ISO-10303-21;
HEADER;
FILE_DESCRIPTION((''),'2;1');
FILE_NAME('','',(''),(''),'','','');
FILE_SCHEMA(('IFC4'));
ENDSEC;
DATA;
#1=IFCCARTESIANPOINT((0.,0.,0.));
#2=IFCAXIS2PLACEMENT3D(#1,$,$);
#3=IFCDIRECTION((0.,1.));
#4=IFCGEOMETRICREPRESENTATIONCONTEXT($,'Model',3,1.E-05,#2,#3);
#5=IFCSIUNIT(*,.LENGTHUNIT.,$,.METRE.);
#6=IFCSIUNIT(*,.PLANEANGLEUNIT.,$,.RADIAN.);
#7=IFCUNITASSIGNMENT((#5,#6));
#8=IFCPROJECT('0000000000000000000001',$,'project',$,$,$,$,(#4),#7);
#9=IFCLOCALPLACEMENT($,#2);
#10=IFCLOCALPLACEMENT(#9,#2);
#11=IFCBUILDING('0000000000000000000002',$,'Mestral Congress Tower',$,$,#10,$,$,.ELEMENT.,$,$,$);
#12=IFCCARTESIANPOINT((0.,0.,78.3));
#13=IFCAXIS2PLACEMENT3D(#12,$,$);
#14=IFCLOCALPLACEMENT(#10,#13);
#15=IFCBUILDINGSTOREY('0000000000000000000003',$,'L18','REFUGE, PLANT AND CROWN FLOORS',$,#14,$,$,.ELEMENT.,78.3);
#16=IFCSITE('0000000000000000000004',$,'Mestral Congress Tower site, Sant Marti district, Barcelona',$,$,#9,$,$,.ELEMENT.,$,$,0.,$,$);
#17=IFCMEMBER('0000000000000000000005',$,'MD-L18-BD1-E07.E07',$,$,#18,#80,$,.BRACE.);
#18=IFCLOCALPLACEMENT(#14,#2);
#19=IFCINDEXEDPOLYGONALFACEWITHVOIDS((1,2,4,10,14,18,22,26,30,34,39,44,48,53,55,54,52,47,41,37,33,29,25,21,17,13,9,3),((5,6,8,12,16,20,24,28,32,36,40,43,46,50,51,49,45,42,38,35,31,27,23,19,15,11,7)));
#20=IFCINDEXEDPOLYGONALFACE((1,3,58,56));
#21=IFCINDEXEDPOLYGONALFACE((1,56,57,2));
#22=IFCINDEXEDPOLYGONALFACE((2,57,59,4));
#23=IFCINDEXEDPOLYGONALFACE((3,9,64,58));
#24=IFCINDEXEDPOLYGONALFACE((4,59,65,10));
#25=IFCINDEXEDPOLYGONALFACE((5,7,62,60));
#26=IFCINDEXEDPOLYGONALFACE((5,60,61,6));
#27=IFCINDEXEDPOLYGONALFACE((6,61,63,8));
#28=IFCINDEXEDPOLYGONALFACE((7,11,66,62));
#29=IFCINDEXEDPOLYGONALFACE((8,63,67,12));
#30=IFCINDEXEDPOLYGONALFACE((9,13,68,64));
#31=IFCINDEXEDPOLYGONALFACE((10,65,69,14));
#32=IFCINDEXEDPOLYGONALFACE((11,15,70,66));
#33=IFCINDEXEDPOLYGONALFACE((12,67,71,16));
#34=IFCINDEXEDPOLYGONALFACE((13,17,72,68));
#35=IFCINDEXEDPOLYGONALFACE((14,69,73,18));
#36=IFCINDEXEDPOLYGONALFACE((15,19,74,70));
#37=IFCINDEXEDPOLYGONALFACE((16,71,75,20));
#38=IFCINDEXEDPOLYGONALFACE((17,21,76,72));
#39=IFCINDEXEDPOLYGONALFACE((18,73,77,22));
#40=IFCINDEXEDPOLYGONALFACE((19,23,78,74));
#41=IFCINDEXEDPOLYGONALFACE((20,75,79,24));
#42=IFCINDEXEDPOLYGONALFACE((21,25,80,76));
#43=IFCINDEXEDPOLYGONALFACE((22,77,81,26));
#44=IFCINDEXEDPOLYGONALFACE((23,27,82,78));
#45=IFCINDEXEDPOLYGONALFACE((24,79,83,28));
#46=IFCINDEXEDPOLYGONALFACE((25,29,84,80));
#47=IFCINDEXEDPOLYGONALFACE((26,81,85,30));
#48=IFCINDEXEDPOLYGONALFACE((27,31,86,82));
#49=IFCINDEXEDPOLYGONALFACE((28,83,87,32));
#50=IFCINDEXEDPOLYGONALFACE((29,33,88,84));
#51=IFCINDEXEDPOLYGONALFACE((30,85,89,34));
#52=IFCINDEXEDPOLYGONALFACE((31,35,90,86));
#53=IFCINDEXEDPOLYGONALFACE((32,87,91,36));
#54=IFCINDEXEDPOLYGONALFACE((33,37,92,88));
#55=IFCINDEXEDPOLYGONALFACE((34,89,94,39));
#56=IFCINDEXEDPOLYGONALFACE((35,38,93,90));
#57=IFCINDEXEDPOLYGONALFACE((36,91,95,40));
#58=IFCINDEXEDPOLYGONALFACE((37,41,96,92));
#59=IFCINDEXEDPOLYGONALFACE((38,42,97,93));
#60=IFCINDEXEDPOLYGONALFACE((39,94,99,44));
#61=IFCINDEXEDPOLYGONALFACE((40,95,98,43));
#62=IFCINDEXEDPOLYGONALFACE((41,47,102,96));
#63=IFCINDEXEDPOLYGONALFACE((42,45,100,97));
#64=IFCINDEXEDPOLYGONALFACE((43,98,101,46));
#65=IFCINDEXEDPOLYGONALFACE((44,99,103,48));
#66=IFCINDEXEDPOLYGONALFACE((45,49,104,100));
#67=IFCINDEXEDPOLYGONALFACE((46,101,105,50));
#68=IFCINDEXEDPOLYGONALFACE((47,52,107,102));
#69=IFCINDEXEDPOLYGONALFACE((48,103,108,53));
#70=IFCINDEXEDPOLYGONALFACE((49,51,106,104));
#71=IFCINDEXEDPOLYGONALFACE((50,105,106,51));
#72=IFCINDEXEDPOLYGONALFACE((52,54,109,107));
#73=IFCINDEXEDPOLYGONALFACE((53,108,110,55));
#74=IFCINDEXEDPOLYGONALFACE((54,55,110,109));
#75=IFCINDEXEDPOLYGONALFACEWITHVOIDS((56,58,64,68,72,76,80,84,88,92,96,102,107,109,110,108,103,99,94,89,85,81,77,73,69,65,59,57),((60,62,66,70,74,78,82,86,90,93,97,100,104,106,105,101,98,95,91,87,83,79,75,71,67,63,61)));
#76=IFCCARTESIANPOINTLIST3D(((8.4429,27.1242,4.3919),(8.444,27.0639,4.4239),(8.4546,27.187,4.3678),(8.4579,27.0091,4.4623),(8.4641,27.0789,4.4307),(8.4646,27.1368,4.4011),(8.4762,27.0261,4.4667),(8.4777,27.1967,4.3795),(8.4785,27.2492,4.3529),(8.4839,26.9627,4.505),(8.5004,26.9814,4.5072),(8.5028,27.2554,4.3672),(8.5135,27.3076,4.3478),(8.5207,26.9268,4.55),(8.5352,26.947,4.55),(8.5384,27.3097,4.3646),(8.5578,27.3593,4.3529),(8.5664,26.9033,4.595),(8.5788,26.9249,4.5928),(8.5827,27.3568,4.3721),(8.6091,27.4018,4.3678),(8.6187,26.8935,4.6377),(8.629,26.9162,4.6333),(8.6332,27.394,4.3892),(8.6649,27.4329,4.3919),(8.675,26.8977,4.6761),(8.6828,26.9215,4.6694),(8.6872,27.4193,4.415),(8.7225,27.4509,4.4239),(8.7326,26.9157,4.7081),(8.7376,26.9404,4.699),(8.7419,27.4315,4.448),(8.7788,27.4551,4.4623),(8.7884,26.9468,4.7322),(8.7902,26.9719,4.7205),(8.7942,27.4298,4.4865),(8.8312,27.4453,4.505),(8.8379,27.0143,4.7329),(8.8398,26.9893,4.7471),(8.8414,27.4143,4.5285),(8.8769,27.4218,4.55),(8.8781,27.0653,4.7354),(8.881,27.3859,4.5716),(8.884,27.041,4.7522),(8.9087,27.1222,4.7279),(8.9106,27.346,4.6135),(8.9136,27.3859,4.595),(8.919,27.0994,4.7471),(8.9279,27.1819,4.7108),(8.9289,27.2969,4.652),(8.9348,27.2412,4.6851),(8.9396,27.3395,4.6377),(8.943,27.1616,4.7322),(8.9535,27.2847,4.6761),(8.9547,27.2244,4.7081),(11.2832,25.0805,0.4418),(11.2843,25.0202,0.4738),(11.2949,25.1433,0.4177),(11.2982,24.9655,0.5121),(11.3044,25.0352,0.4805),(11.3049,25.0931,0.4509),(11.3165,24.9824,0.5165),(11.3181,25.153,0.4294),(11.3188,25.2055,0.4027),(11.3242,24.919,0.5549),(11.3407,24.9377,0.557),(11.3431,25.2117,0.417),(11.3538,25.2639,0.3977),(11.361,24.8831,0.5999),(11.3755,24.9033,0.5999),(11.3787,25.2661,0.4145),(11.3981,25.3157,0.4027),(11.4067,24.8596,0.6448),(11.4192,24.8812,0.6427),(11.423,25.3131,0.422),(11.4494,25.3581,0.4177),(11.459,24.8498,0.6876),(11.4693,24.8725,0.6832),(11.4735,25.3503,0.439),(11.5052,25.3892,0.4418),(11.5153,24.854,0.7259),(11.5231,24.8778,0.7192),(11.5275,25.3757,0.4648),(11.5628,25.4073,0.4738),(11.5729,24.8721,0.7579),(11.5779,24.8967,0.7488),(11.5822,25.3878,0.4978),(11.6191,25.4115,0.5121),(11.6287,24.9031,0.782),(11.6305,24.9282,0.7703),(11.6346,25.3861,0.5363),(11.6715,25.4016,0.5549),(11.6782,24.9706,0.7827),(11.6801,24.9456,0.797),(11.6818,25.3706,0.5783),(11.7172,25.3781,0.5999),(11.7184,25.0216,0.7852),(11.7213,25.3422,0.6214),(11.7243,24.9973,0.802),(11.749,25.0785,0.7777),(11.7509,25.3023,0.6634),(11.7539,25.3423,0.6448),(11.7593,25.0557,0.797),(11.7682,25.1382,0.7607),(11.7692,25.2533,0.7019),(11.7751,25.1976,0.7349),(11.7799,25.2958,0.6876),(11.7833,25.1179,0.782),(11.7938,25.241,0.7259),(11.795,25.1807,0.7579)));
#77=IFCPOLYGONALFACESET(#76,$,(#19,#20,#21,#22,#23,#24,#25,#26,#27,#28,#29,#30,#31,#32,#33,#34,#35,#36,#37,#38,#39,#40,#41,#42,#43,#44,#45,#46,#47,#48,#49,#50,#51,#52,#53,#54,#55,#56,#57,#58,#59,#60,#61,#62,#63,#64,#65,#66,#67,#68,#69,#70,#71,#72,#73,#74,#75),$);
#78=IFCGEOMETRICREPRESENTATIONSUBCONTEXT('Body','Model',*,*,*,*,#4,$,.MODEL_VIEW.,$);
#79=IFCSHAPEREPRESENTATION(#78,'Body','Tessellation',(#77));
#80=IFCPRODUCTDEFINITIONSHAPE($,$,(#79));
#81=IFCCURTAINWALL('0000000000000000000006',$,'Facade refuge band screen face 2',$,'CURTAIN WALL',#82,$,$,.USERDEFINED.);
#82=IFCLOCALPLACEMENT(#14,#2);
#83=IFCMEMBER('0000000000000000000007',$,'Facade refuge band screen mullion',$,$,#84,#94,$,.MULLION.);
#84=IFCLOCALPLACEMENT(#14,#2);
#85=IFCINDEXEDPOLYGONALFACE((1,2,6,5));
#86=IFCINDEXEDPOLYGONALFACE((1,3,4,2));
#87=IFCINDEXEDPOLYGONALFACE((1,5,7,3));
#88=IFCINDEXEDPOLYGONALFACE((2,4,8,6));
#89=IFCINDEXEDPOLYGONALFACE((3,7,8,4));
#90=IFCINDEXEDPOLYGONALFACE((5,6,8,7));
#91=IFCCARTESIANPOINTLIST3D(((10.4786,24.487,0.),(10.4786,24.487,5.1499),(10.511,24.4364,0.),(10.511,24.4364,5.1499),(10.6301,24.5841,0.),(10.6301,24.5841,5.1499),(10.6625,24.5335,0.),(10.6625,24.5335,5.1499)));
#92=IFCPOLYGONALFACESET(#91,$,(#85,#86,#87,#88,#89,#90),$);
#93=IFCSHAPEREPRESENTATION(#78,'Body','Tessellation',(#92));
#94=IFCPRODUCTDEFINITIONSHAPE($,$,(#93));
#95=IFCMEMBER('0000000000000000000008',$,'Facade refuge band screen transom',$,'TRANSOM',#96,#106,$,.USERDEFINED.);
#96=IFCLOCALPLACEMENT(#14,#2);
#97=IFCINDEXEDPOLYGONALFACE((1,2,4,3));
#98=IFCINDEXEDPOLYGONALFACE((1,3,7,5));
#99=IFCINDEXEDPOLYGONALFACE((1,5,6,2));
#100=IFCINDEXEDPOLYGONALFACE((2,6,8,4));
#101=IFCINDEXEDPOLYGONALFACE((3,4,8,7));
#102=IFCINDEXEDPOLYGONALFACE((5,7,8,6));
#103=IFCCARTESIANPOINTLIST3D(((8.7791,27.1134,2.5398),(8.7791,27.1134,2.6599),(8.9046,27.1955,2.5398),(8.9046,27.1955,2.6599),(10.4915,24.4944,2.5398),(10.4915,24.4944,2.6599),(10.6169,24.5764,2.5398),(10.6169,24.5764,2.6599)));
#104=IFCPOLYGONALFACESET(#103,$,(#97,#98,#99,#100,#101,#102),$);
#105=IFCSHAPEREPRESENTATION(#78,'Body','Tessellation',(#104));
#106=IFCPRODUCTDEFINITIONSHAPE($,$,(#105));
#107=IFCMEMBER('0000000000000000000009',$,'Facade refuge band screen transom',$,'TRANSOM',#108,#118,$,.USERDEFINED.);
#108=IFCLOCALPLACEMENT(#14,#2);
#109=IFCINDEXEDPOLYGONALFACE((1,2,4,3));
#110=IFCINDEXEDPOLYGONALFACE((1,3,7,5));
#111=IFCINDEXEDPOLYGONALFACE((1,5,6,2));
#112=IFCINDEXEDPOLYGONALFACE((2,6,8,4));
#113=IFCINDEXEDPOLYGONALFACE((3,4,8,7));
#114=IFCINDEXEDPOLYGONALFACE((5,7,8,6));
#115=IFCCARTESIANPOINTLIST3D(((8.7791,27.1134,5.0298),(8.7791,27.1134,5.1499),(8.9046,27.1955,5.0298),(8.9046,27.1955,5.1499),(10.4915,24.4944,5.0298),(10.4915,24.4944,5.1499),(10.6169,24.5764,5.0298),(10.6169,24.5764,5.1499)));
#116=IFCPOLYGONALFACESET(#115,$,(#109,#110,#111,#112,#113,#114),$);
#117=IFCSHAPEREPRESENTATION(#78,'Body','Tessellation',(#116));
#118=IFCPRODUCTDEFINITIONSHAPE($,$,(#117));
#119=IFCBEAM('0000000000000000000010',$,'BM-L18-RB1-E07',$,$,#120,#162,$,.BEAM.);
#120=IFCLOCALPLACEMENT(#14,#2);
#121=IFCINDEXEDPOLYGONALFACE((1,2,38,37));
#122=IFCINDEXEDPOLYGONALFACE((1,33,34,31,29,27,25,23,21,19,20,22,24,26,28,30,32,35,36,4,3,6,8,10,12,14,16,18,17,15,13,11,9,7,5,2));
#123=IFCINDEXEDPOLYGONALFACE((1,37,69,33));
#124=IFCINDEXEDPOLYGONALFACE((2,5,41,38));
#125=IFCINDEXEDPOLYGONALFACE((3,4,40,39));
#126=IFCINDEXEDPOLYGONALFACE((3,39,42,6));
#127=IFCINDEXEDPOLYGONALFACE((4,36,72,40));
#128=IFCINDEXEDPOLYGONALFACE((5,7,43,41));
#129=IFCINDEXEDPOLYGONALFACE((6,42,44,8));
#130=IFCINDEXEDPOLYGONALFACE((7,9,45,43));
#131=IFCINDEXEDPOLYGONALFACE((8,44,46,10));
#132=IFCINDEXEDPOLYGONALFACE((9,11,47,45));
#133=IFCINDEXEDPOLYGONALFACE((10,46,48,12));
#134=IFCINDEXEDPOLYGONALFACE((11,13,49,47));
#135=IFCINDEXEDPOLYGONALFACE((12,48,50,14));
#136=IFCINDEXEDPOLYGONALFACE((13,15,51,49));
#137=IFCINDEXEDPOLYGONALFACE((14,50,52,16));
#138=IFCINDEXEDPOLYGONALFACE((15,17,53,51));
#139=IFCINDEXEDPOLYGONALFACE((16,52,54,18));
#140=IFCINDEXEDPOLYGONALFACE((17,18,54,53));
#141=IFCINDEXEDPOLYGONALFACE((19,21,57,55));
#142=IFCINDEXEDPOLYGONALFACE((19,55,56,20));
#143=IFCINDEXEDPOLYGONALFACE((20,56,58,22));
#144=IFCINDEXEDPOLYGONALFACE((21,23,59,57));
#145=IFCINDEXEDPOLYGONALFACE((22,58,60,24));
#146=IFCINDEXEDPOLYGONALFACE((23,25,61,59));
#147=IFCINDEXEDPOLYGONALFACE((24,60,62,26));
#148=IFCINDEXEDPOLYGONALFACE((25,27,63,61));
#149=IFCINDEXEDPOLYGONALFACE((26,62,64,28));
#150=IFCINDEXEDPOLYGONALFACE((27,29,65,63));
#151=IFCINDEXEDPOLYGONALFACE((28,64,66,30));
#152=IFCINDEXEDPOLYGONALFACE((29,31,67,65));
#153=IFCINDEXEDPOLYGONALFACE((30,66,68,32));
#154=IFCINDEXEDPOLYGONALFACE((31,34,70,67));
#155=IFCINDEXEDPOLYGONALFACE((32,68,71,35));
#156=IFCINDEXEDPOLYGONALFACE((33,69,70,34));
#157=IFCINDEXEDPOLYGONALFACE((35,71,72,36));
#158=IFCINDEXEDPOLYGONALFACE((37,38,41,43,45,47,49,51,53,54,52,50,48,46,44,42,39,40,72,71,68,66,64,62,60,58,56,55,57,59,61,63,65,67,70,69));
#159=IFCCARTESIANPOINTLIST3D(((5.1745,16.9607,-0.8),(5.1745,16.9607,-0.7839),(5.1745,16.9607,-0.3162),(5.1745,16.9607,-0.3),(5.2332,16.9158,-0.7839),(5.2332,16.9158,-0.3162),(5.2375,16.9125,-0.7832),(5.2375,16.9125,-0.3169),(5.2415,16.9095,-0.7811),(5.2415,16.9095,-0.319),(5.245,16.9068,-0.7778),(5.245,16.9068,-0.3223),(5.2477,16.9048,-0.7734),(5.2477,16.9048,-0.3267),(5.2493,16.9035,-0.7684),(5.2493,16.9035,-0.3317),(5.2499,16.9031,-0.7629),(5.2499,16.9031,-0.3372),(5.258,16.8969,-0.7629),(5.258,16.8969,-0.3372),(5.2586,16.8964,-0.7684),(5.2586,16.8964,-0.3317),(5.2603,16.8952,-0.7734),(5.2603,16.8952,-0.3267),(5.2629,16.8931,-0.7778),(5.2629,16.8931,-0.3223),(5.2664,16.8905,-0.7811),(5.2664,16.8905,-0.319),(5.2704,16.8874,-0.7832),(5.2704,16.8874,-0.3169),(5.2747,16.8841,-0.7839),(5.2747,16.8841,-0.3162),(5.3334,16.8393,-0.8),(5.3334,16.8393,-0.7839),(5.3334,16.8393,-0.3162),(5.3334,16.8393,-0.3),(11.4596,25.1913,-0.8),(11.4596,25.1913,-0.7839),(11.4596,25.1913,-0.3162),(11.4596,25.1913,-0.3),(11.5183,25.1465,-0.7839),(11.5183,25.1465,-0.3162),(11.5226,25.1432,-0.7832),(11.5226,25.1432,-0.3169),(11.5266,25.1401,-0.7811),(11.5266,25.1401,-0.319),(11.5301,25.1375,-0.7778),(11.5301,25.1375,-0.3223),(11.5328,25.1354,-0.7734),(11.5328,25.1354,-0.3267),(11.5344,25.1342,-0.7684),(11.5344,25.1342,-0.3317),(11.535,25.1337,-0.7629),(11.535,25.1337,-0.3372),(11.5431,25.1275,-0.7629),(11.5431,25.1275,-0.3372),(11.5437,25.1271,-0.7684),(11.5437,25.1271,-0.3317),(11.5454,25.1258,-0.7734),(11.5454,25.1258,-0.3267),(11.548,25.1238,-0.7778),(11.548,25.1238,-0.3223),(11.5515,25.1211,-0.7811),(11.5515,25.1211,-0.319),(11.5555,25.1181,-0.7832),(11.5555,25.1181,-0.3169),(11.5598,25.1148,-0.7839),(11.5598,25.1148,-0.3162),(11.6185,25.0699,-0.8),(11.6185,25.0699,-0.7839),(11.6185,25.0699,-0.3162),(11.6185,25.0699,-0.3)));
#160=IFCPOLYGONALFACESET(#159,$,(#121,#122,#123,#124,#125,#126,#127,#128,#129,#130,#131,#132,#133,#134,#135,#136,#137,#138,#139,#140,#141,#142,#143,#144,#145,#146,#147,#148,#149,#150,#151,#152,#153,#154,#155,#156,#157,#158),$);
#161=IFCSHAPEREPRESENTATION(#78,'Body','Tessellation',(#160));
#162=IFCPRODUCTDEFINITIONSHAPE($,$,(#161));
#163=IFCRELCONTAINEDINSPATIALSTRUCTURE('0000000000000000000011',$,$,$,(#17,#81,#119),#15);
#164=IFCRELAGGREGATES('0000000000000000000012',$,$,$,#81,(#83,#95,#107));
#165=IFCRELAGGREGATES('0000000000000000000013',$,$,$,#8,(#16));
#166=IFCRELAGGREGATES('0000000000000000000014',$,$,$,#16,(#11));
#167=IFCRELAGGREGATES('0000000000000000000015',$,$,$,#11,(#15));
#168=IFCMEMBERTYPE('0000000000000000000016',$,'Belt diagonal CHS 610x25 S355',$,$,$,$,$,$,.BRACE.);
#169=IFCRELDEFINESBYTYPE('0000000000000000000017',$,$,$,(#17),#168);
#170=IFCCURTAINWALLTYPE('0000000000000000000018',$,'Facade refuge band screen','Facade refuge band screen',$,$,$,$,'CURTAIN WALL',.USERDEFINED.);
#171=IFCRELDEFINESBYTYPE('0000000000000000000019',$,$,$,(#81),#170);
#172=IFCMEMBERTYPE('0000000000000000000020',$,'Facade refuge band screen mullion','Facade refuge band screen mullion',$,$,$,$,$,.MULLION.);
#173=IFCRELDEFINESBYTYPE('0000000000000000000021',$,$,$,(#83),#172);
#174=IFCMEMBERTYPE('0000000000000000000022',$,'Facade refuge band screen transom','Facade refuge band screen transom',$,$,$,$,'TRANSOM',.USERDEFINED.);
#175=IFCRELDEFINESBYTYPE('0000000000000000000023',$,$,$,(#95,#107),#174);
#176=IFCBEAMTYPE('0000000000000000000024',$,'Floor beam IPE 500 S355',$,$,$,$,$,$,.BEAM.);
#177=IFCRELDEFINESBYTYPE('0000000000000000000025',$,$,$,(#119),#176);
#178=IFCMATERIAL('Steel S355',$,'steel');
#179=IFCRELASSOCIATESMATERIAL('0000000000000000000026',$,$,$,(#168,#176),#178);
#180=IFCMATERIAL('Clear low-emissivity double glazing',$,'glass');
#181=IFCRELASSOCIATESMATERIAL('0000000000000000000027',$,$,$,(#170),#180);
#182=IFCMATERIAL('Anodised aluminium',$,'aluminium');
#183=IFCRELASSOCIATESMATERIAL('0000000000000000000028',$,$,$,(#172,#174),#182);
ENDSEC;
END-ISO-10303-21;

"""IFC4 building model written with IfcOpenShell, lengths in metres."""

from ifc_helpers import new_model, si_unit, direction, frame, origin, origin_2d, place, context, subcontext, project, spatial, rectangle, hollow_circle, i_section, extrude, material, material_profile, profile_set, type_object, element, aggregate, save


model = new_model("IFC4")

# Units and contexts
model_context = context("Model", 3, precision=1e-05, world=origin(), true_north=direction((0.0, 1.0)))
body_context = subcontext(model_context, "Body", "Model", "MODEL_VIEW")
ifc_project = project(units=[si_unit("LENGTHUNIT", "METRE"), si_unit("PLANEANGLEUNIT", "RADIAN")], contexts=[model_context])

# Site, building, storey
site_placement = place(None, origin())
site = spatial("IfcSite", under=ifc_project, at=site_placement, Name="Mestral Congress Tower site, Sant Marti district, Barcelona", CompositionType="ELEMENT", RefElevation=0.0)
building_placement = place(site_placement, origin())
building = spatial("IfcBuilding", under=site, at=building_placement, Name="Mestral Congress Tower", CompositionType="ELEMENT")
storey_placement = place(building_placement, frame((0.0, 0.0, 78.3)))
storey = spatial("IfcBuildingStorey", under=building, at=storey_placement, Name="L18", Description="REFUGE, PLANT AND CROWN FLOORS", CompositionType="ELEMENT", Elevation=78.3)

# Member
ifc_material_1 = material(Name="Steel S355", Category="steel")
ifc_material_profile_1 = material_profile(ifc_material_1, hollow_circle(Radius=0.3049, WallThickness=0.0249, at=origin_2d()), Name="CHS 610x25")
ifc_profile_set_1 = profile_set([ifc_material_profile_1], Name="Steel S355")
member_type_1 = type_object("IfcMemberType", Name="Belt diagonal CHS 610x25 S355", PredefinedType="BRACE", material=ifc_profile_set_1)
member_1_placement = place(storey_placement, frame((11.5391, 25.1306, 0.5999), z_axis=(-0.538233, 0.387274, 0.748548), x_axis=(-0.584053, -0.811716, 0.0)))
element("IfcMember", 1, at=member_1_placement, inside=storey, type_object=member_type_1, Name="MD-L18-BD1-E07.E07", PredefinedType="BRACE", context=body_context, shape_type="SweptSolid", body=[
    extrude(hollow_circle(Radius=0.3049, WallThickness=0.0249, at=origin_2d()), origin(), (0.0, 0.0, 1.0), 5.2771),
])

# Curtain wall, members
ifc_material_2 = material(Name="Clear low-emissivity double glazing", Category="glass")
curtain_wall_type = type_object("IfcCurtainWallType", Name="Facade refuge band screen", Description="Facade refuge band screen", ElementType="CURTAIN WALL", PredefinedType="USERDEFINED", material=ifc_material_2)
curtain_wall_placement = place(storey_placement, origin())
curtain_wall = element("IfcCurtainWall", 2, at=curtain_wall_placement, inside=storey, type_object=curtain_wall_type, Name="Facade refuge band screen face 2", ObjectType="CURTAIN WALL", PredefinedType="USERDEFINED")
ifc_material_3 = material(Name="Anodised aluminium", Category="aluminium")
ifc_material_profile_2 = material_profile(ifc_material_3, rectangle(XDim=0.1799, YDim=0.0601, at=origin_2d()), Name="CW3 mullion 180 x 60")
ifc_profile_set_2 = profile_set([ifc_material_profile_2], Name="Anodised aluminium")
member_type_2 = type_object("IfcMemberType", Name="Facade refuge band screen mullion", Description="Facade refuge band screen mullion", PredefinedType="MULLION", material=ifc_profile_set_2)
member_2_placement = place(storey_placement, frame((10.5706, 24.5103, 0.0), z_axis=(0.0, 0.0, 1.0), x_axis=(0.842001, 0.539476, 0.0)))
member_2 = element("IfcMember", 3, at=member_2_placement, type_object=member_type_2, Name="Facade refuge band screen mullion", PredefinedType="MULLION", context=body_context, shape_type="SweptSolid", body=[
    extrude(rectangle(XDim=0.1799, YDim=0.0601, at=origin_2d()), origin(), (0.0, 0.0, 1.0), 5.1499),
])
ifc_material_profile_3 = material_profile(ifc_material_3, rectangle(XDim=0.1499, YDim=0.1201, at=origin_2d()), Name="CW3 transom 150 x 120")
ifc_profile_set_3 = profile_set([ifc_material_profile_3], Name="Anodised aluminium")
member_type_3 = type_object("IfcMemberType", Name="Facade refuge band screen transom", Description="Facade refuge band screen transom", ElementType="TRANSOM", PredefinedType="USERDEFINED", material=ifc_profile_set_3)
member_3_placement = place(storey_placement, frame((10.5542, 24.5354, 2.5999), z_axis=(-0.547224, 0.836986, 0.0), x_axis=(-0.836986, -0.547224, 0.0)))
member_3 = element("IfcMember", 4, at=member_3_placement, type_object=member_type_3, Name="Facade refuge band screen transom", ObjectType="TRANSOM", PredefinedType="USERDEFINED", context=body_context, shape_type="SweptSolid", body=[
    extrude(rectangle(XDim=0.1499, YDim=0.1201, at=origin_2d()), origin(), (0.0, 0.0, 1.0), 3.1292),
])
member_4_placement = place(storey_placement, frame((10.5542, 24.5354, 5.0898), z_axis=(-0.547224, 0.836986, 0.0), x_axis=(-0.836986, -0.547224, 0.0)))
member_4 = element("IfcMember", 5, at=member_4_placement, type_object=member_type_3, Name="Facade refuge band screen transom", ObjectType="TRANSOM", PredefinedType="USERDEFINED", context=body_context, shape_type="SweptSolid", body=[
    extrude(rectangle(XDim=0.1499, YDim=0.1201, at=origin_2d()), origin(), (0.0, 0.0, 1.0), 3.1292),
])

# Beam
ifc_material_profile_4 = material_profile(ifc_material_1, i_section(OverallWidth=0.2, OverallDepth=0.5, WebThickness=0.0103, FlangeThickness=0.0161, FilletRadius=0.021, at=origin_2d()), Name="IPE 500")
ifc_profile_set_4 = profile_set([ifc_material_profile_4], Name="Steel S355")
beam_type_1 = type_object("IfcBeamType", Name="Floor beam IPE 500 S355", PredefinedType="BEAM", material=ifc_profile_set_4)
beam_1_placement = place(storey_placement, frame((11.5391, 25.1306, -0.55), z_axis=(-0.606907, -0.794773, 0.0), x_axis=(0.794773, -0.606907, 0.0)))
element("IfcBeam", 6, at=beam_1_placement, inside=storey, type_object=beam_type_1, Name="BM-L18-RB1-E07", PredefinedType="BEAM", context=body_context, shape_type="SweptSolid", body=[
    extrude(i_section(OverallWidth=0.2, OverallDepth=0.5, WebThickness=0.0103, FlangeThickness=0.0161, FilletRadius=0.021, at=origin_2d()), origin(), (0.0, 0.0, 1.0), 10.356),
])

aggregate(curtain_wall, [member_2, member_3, member_4])

save(model, "model.ifc")
